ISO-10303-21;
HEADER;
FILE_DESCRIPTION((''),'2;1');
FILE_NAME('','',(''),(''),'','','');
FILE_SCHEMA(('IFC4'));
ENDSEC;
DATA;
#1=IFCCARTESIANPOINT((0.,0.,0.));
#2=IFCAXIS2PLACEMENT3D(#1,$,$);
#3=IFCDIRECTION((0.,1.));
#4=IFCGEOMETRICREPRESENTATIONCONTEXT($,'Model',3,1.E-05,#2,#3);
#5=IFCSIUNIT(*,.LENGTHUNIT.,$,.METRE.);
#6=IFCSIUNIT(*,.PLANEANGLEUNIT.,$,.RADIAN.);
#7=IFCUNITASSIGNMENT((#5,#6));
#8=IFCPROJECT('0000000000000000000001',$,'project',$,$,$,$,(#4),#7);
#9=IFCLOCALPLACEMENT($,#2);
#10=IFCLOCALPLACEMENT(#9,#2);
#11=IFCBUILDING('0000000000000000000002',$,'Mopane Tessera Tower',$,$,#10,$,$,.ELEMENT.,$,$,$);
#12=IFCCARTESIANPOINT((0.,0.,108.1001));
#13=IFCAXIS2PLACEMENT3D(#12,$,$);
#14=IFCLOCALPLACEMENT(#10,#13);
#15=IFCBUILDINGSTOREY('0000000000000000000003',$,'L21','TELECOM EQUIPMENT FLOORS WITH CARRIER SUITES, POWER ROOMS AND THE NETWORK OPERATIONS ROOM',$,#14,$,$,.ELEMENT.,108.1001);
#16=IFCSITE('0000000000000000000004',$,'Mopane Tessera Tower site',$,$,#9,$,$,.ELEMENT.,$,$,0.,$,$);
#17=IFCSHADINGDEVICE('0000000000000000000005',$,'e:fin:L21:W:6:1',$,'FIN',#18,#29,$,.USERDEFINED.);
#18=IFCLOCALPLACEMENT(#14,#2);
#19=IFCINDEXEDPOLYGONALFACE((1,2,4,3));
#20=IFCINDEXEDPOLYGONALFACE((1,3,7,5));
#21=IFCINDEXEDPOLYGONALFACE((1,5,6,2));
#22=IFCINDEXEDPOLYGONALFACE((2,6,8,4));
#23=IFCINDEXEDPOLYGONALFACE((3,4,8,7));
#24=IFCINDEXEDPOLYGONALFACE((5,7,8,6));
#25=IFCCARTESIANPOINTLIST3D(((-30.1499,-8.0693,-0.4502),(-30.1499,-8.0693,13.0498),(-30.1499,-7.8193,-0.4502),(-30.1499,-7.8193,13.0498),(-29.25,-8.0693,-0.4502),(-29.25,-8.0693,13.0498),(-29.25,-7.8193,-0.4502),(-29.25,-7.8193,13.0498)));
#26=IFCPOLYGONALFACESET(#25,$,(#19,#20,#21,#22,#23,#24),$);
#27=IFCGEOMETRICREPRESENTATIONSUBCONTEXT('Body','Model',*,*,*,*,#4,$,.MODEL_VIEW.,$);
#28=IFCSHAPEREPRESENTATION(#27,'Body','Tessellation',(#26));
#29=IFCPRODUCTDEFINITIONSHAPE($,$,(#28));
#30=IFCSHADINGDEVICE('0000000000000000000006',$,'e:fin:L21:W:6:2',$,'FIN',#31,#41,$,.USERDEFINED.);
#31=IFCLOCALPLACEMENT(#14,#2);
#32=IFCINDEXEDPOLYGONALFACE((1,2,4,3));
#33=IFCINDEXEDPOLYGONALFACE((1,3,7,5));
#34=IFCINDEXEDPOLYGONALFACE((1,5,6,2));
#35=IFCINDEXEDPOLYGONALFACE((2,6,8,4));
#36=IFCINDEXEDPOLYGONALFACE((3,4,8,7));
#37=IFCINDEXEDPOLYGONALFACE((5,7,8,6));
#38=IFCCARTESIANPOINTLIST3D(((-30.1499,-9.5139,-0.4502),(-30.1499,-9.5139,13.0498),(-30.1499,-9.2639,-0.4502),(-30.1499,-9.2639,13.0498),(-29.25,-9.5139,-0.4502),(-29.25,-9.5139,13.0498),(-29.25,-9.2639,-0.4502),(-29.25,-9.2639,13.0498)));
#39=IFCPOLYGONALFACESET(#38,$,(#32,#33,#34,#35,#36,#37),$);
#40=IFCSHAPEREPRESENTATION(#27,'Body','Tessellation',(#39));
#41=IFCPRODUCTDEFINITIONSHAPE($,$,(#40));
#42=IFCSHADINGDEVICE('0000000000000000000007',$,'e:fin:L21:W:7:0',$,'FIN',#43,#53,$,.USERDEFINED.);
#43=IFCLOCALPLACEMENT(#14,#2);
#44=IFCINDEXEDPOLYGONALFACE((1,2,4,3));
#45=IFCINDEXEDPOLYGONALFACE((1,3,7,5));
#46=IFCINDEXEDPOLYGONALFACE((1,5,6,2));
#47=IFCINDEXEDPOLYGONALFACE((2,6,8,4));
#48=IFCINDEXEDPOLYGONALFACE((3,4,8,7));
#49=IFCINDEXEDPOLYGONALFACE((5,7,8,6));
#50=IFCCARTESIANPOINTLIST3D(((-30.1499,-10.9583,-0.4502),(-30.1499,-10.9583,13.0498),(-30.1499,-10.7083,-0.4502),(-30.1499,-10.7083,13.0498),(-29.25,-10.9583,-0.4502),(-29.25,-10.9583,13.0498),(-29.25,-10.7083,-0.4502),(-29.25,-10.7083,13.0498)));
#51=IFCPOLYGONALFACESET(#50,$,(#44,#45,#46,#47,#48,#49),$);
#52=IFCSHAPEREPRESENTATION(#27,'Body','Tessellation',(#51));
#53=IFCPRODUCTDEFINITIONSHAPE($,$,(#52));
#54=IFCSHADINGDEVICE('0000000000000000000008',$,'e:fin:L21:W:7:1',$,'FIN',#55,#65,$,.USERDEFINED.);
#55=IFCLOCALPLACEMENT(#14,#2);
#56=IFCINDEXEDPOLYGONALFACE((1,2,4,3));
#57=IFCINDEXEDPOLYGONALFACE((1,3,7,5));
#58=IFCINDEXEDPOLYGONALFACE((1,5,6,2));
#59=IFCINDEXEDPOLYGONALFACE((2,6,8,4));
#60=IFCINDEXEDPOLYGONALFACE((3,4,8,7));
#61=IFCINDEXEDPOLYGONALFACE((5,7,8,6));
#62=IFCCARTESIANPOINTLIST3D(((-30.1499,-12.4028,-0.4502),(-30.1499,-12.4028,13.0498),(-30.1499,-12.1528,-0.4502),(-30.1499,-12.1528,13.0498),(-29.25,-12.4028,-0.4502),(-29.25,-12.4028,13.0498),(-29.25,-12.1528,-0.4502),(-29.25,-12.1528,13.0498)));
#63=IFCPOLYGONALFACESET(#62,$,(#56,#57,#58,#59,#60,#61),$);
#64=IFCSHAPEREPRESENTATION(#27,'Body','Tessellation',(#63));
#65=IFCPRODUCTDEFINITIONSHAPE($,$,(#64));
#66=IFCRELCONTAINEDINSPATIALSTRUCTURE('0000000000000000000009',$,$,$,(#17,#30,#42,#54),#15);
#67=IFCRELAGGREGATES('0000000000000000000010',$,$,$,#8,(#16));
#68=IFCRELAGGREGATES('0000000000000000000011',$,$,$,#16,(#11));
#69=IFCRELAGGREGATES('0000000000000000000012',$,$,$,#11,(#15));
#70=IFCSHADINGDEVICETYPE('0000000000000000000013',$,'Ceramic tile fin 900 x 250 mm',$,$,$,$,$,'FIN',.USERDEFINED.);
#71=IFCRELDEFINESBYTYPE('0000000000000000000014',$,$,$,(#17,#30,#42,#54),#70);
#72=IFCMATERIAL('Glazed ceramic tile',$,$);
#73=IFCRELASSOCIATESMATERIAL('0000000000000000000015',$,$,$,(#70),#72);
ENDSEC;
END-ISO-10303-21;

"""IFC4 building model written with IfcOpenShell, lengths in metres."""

from ifc_helpers import new_model, si_unit, direction, frame, origin, origin_2d, place, context, subcontext, project, spatial, rectangle, extrude, material, type_object, element, save


model = new_model("IFC4")

# Units and contexts
model_context = context("Model", 3, precision=1e-05, world=origin(), true_north=direction((0.0, 1.0)))
body_context = subcontext(model_context, "Body", "Model", "MODEL_VIEW")
ifc_project = project(units=[si_unit("LENGTHUNIT", "METRE"), si_unit("PLANEANGLEUNIT", "RADIAN")], contexts=[model_context])

# Site, building, storey
site_placement = place(None, origin())
site = spatial("IfcSite", under=ifc_project, at=site_placement, Name="Mopane Tessera Tower site", CompositionType="ELEMENT", RefElevation=0.0)
building_placement = place(site_placement, origin())
building = spatial("IfcBuilding", under=site, at=building_placement, Name="Mopane Tessera Tower", CompositionType="ELEMENT")
storey_placement = place(building_placement, frame((0.0, 0.0, 108.1001)))
storey = spatial("IfcBuildingStorey", under=building, at=storey_placement, Name="L21", Description="TELECOM EQUIPMENT FLOORS WITH CARRIER SUITES, POWER ROOMS AND THE NETWORK OPERATIONS ROOM", CompositionType="ELEMENT", Elevation=108.1001)

# Shading devices
ifc_material_1 = material(Name="Glazed ceramic tile")
shading_device_type = type_object("IfcShadingDeviceType", Name="Ceramic tile fin 900 x 250 mm", ElementType="FIN", PredefinedType="USERDEFINED", material=ifc_material_1)
for number, where, z_axis, x_axis, name in (
    (1, (-29.7, -7.9443, -0.4502), (0.0, 0.0, 1.0), (0.0, -1.0, 0.0), "e:fin:L21:W:6:1"),
    (2, (-29.7, -9.3889, -0.4502), (0.0, 0.0, 1.0), (0.0, -1.0, 0.0), "e:fin:L21:W:6:2"),
    (3, (-29.7, -10.8333, -0.4502), (0.0, 0.0, 1.0), (0.0, -1.0, 0.0), "e:fin:L21:W:7:0"),
    (4, (-29.7, -12.2778, -0.4502), (0.0, 0.0, 1.0), (0.0, -1.0, 0.0), "e:fin:L21:W:7:1"),
):
    element("IfcShadingDevice", number, at=place(storey_placement, frame(where, z_axis=z_axis, x_axis=x_axis)), inside=storey, type_object=shading_device_type, Name=name, ObjectType="FIN", PredefinedType="USERDEFINED", context=body_context, shape_type="SweptSolid", body=[
        extrude(rectangle(XDim=0.25, YDim=0.8999, at=origin_2d()), origin(), (0.0, 0.0, 1.0), 13.5),
    ])

save(model, "model.ifc")
